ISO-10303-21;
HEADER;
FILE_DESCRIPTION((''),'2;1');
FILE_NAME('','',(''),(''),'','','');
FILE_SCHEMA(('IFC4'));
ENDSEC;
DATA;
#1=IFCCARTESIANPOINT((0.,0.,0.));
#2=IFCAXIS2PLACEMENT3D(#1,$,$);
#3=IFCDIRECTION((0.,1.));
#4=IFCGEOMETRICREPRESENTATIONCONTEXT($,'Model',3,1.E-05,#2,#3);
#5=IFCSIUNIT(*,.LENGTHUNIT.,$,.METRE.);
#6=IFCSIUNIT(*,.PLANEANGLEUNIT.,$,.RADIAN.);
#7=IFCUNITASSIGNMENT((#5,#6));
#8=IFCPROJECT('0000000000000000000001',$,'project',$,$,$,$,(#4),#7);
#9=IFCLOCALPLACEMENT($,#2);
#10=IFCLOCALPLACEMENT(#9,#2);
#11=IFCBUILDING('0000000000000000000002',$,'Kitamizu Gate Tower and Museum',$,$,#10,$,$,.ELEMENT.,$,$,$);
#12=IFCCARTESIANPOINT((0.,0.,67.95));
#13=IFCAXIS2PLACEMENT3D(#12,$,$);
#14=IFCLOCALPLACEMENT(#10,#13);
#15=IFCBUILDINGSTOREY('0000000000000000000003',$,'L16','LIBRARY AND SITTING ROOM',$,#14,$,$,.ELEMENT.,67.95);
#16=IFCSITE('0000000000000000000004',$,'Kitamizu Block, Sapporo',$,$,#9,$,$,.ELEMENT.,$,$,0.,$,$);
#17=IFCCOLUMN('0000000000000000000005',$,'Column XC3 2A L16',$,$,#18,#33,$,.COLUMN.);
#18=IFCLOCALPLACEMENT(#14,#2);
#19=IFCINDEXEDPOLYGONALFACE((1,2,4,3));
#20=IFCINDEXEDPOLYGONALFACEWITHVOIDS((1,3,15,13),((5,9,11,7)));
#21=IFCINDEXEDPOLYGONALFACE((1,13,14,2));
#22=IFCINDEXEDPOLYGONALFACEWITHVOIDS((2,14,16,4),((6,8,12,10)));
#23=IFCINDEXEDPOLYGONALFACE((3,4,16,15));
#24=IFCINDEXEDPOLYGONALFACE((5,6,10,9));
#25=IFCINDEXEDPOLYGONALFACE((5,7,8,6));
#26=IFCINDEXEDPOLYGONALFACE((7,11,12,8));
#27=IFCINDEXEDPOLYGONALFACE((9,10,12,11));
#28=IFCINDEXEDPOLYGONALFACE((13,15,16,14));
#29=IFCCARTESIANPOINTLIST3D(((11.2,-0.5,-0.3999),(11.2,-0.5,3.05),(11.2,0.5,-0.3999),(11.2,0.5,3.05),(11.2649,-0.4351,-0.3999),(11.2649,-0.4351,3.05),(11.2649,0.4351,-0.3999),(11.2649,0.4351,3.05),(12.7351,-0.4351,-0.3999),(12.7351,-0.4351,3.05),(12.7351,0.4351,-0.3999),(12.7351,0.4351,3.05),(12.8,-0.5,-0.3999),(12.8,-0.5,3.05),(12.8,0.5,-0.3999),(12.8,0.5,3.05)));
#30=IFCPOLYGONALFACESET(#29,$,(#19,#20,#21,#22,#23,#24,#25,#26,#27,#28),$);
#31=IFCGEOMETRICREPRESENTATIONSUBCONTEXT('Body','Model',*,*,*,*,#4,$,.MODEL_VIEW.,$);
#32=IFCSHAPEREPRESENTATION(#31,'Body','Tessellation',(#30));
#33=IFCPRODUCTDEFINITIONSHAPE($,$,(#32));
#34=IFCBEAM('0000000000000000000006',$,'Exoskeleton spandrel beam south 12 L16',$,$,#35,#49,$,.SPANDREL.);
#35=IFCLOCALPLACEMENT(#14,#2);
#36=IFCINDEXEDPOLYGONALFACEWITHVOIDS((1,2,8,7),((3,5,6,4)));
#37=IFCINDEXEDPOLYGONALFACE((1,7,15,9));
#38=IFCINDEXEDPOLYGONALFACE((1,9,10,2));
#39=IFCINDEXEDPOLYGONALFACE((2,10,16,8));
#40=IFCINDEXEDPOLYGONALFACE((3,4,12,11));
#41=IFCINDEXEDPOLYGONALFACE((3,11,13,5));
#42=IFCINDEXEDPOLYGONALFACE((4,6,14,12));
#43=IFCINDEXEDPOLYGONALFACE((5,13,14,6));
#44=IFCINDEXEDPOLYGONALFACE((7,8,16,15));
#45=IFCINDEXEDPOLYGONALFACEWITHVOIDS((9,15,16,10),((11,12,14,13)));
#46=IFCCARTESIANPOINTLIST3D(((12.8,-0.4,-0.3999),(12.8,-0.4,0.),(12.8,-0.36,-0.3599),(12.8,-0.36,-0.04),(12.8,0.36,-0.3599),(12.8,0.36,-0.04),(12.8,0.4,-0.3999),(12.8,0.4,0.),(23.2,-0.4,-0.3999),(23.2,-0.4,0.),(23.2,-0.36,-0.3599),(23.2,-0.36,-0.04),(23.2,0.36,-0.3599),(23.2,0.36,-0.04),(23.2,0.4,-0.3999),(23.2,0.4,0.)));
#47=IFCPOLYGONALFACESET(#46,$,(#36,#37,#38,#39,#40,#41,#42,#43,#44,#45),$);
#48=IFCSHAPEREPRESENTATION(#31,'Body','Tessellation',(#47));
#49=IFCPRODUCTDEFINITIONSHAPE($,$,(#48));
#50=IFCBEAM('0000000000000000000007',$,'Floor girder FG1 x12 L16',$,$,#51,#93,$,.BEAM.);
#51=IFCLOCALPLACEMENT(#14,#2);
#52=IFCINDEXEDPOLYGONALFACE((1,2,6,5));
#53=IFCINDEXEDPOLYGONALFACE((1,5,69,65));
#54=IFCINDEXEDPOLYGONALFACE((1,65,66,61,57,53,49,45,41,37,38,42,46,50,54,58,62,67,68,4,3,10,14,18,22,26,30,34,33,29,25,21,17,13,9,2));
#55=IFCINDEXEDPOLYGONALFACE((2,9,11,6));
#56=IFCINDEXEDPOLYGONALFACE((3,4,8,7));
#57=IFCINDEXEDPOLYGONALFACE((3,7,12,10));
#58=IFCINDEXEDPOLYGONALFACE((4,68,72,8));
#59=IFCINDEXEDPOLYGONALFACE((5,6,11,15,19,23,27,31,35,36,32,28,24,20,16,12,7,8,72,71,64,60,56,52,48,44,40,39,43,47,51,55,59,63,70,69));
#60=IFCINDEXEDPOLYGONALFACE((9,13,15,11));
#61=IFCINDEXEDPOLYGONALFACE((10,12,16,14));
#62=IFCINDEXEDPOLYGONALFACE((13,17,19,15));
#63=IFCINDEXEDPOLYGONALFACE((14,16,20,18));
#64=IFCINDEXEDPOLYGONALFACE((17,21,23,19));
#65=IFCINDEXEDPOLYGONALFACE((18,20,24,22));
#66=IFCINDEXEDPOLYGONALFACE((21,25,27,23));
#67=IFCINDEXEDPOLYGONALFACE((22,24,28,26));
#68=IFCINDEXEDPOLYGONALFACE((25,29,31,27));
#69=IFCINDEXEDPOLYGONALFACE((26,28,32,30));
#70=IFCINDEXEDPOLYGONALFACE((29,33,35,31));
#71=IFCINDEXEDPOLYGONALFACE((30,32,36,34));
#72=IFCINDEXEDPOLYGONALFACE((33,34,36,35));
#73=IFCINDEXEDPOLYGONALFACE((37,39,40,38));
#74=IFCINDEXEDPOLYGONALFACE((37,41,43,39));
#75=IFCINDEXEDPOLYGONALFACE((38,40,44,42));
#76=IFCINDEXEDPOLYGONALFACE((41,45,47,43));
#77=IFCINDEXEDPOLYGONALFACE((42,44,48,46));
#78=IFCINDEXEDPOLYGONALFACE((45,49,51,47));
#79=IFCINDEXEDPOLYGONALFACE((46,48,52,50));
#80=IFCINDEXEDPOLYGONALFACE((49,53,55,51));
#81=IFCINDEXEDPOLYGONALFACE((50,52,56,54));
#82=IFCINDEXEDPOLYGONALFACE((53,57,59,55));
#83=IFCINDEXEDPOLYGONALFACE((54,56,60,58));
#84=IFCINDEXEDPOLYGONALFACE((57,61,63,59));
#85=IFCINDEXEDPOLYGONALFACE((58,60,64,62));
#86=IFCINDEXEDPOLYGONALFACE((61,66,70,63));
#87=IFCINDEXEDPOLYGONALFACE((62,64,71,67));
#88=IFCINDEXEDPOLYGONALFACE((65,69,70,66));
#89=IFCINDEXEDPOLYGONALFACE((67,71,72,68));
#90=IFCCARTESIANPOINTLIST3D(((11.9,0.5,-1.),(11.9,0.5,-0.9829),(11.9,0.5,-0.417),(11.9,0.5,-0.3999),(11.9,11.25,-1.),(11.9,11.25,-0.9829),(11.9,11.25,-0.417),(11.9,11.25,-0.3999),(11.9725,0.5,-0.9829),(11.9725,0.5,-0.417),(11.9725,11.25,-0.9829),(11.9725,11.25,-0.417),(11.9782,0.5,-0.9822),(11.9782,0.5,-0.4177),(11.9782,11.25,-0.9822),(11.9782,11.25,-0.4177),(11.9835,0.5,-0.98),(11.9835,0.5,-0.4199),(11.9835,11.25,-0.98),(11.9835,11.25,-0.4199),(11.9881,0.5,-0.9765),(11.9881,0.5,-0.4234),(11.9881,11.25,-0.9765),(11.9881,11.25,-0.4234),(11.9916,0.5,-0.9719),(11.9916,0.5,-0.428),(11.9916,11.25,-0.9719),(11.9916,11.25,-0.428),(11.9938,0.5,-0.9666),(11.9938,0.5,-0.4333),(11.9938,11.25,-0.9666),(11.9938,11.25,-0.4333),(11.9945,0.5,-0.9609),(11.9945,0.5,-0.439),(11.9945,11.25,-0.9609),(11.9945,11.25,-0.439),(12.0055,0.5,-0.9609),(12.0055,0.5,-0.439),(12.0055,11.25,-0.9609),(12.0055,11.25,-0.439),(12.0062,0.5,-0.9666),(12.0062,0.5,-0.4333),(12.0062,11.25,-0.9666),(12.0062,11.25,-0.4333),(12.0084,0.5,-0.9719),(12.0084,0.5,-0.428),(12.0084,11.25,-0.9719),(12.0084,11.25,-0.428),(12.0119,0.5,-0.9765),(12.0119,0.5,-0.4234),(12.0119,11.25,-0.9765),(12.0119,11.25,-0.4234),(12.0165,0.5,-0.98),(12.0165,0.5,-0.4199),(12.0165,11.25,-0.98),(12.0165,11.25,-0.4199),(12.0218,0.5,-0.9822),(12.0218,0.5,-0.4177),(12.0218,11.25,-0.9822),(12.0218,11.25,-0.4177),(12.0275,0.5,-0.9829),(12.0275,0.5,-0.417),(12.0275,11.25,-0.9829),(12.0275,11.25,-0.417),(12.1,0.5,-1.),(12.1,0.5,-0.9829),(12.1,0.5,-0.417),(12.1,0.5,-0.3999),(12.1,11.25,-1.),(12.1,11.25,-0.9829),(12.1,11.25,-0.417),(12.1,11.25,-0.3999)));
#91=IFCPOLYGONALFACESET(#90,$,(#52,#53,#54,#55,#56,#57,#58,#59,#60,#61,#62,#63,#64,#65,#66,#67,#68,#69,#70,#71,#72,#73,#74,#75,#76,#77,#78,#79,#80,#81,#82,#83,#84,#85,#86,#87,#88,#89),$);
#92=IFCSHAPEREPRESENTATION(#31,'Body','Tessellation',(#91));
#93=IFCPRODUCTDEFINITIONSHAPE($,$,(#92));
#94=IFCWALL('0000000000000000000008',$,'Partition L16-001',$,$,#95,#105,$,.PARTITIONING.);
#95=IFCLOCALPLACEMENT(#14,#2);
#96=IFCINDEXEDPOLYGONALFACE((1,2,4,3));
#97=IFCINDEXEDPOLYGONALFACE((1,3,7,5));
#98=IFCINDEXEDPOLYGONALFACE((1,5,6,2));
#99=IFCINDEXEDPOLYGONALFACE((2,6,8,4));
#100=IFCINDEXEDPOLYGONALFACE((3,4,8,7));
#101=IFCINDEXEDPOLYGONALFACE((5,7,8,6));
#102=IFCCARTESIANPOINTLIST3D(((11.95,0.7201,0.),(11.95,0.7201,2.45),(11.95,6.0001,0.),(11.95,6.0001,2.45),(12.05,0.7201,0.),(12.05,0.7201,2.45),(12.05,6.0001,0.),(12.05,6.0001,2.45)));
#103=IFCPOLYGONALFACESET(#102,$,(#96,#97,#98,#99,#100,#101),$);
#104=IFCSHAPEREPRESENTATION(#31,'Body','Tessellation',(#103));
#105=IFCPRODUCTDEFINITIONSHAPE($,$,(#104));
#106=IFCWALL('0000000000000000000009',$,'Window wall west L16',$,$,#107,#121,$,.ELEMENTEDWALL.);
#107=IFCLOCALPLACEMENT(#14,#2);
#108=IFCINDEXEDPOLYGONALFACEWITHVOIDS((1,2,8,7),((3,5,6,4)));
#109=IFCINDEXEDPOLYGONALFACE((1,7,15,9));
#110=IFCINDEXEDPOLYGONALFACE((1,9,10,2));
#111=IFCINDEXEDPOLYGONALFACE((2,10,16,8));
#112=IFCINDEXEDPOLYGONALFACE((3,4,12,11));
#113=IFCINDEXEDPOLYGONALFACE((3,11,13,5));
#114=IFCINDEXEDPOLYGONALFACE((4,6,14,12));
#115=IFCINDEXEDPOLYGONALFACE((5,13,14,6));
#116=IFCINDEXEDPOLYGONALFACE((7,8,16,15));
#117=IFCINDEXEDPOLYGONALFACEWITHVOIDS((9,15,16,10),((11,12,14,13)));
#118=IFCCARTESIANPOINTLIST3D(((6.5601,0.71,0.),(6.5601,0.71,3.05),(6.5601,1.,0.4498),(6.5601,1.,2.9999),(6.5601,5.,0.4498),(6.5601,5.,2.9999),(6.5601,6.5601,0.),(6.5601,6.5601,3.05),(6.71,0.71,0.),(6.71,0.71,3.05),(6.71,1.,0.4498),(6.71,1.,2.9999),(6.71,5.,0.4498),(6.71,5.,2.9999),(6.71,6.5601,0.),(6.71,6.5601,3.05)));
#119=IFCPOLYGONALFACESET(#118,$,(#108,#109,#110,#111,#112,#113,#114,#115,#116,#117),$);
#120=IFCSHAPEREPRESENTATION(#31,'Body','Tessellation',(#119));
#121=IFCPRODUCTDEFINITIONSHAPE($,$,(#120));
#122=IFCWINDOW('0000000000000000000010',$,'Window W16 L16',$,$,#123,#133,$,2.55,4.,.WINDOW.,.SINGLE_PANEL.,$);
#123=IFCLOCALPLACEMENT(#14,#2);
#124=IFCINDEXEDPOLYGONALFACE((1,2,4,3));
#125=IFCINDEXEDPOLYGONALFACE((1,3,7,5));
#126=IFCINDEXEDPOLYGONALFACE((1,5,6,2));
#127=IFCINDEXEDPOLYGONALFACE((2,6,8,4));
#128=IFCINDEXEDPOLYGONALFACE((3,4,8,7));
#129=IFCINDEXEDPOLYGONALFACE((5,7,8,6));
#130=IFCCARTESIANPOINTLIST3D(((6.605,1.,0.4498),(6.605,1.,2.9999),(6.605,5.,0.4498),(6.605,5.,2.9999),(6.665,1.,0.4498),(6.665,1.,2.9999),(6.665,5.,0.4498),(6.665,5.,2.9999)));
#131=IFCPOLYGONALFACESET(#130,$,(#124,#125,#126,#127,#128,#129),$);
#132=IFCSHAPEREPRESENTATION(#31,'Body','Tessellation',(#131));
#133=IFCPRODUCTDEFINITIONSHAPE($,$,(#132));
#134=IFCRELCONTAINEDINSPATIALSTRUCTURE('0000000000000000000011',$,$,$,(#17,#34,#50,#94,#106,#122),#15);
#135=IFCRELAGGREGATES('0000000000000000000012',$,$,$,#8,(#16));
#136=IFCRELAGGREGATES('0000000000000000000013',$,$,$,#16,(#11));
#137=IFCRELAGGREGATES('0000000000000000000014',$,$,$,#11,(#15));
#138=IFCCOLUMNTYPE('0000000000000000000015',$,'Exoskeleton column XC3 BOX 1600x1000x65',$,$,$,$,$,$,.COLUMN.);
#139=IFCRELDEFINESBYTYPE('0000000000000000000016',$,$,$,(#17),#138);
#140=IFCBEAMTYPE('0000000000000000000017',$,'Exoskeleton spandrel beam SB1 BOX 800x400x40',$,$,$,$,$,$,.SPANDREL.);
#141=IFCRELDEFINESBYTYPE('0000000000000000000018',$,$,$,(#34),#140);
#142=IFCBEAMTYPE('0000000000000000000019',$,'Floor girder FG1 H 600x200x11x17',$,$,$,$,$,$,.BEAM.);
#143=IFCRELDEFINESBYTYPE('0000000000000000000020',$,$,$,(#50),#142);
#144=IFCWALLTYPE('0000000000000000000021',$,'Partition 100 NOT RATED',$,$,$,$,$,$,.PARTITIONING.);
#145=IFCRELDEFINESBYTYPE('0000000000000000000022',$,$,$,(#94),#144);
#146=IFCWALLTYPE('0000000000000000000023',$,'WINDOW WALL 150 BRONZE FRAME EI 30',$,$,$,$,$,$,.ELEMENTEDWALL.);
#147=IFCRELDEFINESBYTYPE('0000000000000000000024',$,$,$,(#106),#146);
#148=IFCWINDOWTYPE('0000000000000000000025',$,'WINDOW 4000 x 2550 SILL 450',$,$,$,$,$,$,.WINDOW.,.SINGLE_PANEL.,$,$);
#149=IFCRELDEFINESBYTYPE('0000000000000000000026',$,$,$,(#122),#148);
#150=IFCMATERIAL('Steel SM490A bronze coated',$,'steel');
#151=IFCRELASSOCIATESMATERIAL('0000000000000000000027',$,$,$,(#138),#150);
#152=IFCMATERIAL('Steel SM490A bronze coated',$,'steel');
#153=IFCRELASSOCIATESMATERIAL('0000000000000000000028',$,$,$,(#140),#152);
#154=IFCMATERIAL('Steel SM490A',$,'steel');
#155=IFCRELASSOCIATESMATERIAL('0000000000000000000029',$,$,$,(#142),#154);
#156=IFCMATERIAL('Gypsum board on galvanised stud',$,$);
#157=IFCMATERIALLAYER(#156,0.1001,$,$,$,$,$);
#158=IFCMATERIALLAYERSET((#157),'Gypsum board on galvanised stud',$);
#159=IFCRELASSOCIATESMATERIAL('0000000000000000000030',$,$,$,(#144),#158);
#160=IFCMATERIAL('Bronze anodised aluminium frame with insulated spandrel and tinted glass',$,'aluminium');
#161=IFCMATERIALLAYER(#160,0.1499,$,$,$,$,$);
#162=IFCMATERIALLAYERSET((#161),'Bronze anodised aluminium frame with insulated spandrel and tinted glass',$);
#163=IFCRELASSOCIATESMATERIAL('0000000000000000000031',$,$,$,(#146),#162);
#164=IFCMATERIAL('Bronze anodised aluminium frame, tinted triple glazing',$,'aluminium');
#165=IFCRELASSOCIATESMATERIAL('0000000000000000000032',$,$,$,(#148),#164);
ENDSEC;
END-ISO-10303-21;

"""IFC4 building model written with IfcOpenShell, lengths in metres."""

from ifc_helpers import new_model, si_unit, direction, frame, frame_2d, origin, origin_2d, place, context, subcontext, project, spatial, rectangle, hollow_rectangle, i_section, extrude, material, layer, layer_set, material_profile, profile_set, type_object, element, fill, save


model = new_model("IFC4")

# Units and contexts
model_context = context("Model", 3, precision=1e-05, world=origin(), true_north=direction((0.0, 1.0)))
body_context = subcontext(model_context, "Body", "Model", "MODEL_VIEW")
ifc_project = project(units=[si_unit("LENGTHUNIT", "METRE"), si_unit("PLANEANGLEUNIT", "RADIAN")], contexts=[model_context])

# Site, building, storey
site_placement = place(None, origin())
site = spatial("IfcSite", under=ifc_project, at=site_placement, Name="Kitamizu Block, Sapporo", CompositionType="ELEMENT", RefElevation=0.0)
building_placement = place(site_placement, origin())
building = spatial("IfcBuilding", under=site, at=building_placement, Name="Kitamizu Gate Tower and Museum", CompositionType="ELEMENT")
storey_placement = place(building_placement, frame((0.0, 0.0, 67.95)))
storey = spatial("IfcBuildingStorey", under=building, at=storey_placement, Name="L16", Description="LIBRARY AND SITTING ROOM", CompositionType="ELEMENT", Elevation=67.95)

# Column
ifc_material_1 = material(Name="Steel SM490A bronze coated", Category="steel")
ifc_material_profile_1 = material_profile(ifc_material_1, hollow_rectangle(XDim=1.6001, YDim=1.0, WallThickness=0.0649, at=origin_2d()), Name="BOX 1600x1000x65")
ifc_profile_set_1 = profile_set([ifc_material_profile_1], Name="Steel SM490A bronze coated")
column_type = type_object("IfcColumnType", Name="Exoskeleton column XC3 BOX 1600x1000x65", PredefinedType="COLUMN", material=ifc_profile_set_1)
column_placement = place(storey_placement, frame((12.0, 0.0, -0.3999), z_axis=(0.0, 0.0, 1.0), x_axis=(1.0, 0.0, 0.0)))
element("IfcColumn", 1, at=column_placement, inside=storey, type_object=column_type, Name="Column XC3 2A L16", PredefinedType="COLUMN", context=body_context, shape_type="SweptSolid", body=[
    extrude(hollow_rectangle(XDim=1.6001, YDim=1.0, WallThickness=0.0649, at=origin_2d()), origin(), (0.0, 0.0, 1.0), 3.45),
])

# Beams
ifc_material_2 = material(Name="Steel SM490A bronze coated", Category="steel")
ifc_material_profile_2 = material_profile(ifc_material_2, hollow_rectangle(XDim=0.8, YDim=0.3999, WallThickness=0.04, at=origin_2d()), Name="BOX 800x400x40")
ifc_profile_set_2 = profile_set([ifc_material_profile_2], Name="Steel SM490A bronze coated")
beam_type_1 = type_object("IfcBeamType", Name="Exoskeleton spandrel beam SB1 BOX 800x400x40", PredefinedType="SPANDREL", material=ifc_profile_set_2)
beam_1_placement = place(storey_placement, frame((12.8, 0.0, -0.2), z_axis=(1.0, 0.0, 0.0), x_axis=(0.0, 1.0, 0.0)))
element("IfcBeam", 2, at=beam_1_placement, inside=storey, type_object=beam_type_1, Name="Exoskeleton spandrel beam south 12 L16", PredefinedType="SPANDREL", context=body_context, shape_type="SweptSolid", body=[
    extrude(hollow_rectangle(XDim=0.8, YDim=0.3999, WallThickness=0.04, at=origin_2d()), origin(), (0.0, 0.0, 1.0), 10.3999),
])
ifc_material_3 = material(Name="Steel SM490A", Category="steel")
ifc_material_profile_3 = material_profile(ifc_material_3, i_section(OverallWidth=0.2, OverallDepth=0.6001, WebThickness=0.011, FlangeThickness=0.0171, FilletRadius=0.022, at=origin_2d()), Name="H-600x200x11x17")
ifc_profile_set_3 = profile_set([ifc_material_profile_3], Name="Steel SM490A")
beam_type_2 = type_object("IfcBeamType", Name="Floor girder FG1 H 600x200x11x17", PredefinedType="BEAM", material=ifc_profile_set_3)
beam_2_placement = place(storey_placement, frame((12.0, 0.5, -0.7), z_axis=(0.0, 1.0, 0.0), x_axis=(-1.0, 0.0, 0.0)))
element("IfcBeam", 3, at=beam_2_placement, inside=storey, type_object=beam_type_2, Name="Floor girder FG1 x12 L16", PredefinedType="BEAM", context=body_context, shape_type="SweptSolid", body=[
    extrude(i_section(OverallWidth=0.2, OverallDepth=0.6001, WebThickness=0.011, FlangeThickness=0.0171, FilletRadius=0.022, at=origin_2d()), origin(), (0.0, 0.0, 1.0), 10.75),
])

# Wall
ifc_material_4 = material(Name="Gypsum board on galvanised stud")
ifc_layer_1 = layer(ifc_material_4, 0.1001)
ifc_layer_set_1 = layer_set([ifc_layer_1], Name="Gypsum board on galvanised stud")
wall_type_1 = type_object("IfcWallType", Name="Partition 100 NOT RATED", PredefinedType="PARTITIONING", material=ifc_layer_set_1)
wall_1_placement = place(storey_placement, frame((12.0, 0.72, 0.0), z_axis=(0.0, 0.0, 1.0), x_axis=(0.0, 1.0, 0.0)))
element("IfcWall", 4, at=wall_1_placement, inside=storey, type_object=wall_type_1, Name="Partition L16-001", PredefinedType="PARTITIONING", context=body_context, shape_type="SweptSolid", body=[
    extrude(rectangle(XDim=5.28, YDim=0.1001, at=frame_2d((2.6401, 0.0))), origin(), (0.0, 0.0, 1.0), 2.45),
])

# Shared definitions
ifc_material_5 = material(Name="Bronze anodised aluminium frame with insulated spandrel and tinted glass", Category="aluminium")
ifc_layer_2 = layer(ifc_material_5, 0.1499)
ifc_layer_set_2 = layer_set([ifc_layer_2], Name="Bronze anodised aluminium frame with insulated spandrel and tinted glass")
wall_type_2 = type_object("IfcWallType", Name="WINDOW WALL 150 BRONZE FRAME EI 30", PredefinedType="ELEMENTEDWALL", material=ifc_layer_set_2)

# Wall, opening, window
wall_2_placement = place(storey_placement, frame((6.635, 0.71, 0.0), z_axis=(0.0, 0.0, 1.0), x_axis=(0.0, 1.0, 0.0)))
wall_2 = element("IfcWall", 5, at=wall_2_placement, inside=storey, type_object=wall_type_2, Name="Window wall west L16", PredefinedType="ELEMENTEDWALL", context=body_context, shape_type="SweptSolid", body=[
    extrude(rectangle(XDim=5.8501, YDim=0.1499, at=frame_2d((2.925, 0.0))), origin(), (0.0, 0.0, 1.0), 3.05),
])
opening_1_placement = place(wall_2_placement, frame((0.29, 0.0, 0.45)))
opening_1 = element("IfcOpeningElement", 6, at=opening_1_placement, cuts=wall_2, PredefinedType="OPENING", context=body_context, shape_type="SweptSolid", body=[
    extrude(rectangle(XDim=4.0, YDim=2.55, at=frame_2d((2.0, 1.2749))), frame((0.0, 0.085, 0.0), z_axis=(0.0, -1.0, 0.0), x_axis=(1.0, 0.0, 0.0)), (0.0, 0.0, 1.0), 0.1699),
])
ifc_material_6 = material(Name="Bronze anodised aluminium frame, tinted triple glazing", Category="aluminium")
window_type_1 = type_object("IfcWindowType", Name="WINDOW 4000 x 2550 SILL 450", PartitioningType="SINGLE_PANEL", PredefinedType="WINDOW", material=ifc_material_6)
window_1_placement = place(opening_1_placement, origin())
window_1 = element("IfcWindow", 7, at=window_1_placement, inside=storey, type_object=window_type_1, Name="Window W16 L16", OverallHeight=2.55, OverallWidth=4.0, PartitioningType="SINGLE_PANEL", PredefinedType="WINDOW", context=body_context, shape_type="SweptSolid", body=[
    extrude(rectangle(XDim=4.0, YDim=2.55, at=frame_2d((2.0, 1.2749))), frame((0.0, 0.03, 0.0), z_axis=(0.0, -1.0, 0.0), x_axis=(1.0, 0.0, 0.0)), (0.0, 0.0, 1.0), 0.0601),
])
fill(opening_1, window_1)

save(model, "model.ifc")
